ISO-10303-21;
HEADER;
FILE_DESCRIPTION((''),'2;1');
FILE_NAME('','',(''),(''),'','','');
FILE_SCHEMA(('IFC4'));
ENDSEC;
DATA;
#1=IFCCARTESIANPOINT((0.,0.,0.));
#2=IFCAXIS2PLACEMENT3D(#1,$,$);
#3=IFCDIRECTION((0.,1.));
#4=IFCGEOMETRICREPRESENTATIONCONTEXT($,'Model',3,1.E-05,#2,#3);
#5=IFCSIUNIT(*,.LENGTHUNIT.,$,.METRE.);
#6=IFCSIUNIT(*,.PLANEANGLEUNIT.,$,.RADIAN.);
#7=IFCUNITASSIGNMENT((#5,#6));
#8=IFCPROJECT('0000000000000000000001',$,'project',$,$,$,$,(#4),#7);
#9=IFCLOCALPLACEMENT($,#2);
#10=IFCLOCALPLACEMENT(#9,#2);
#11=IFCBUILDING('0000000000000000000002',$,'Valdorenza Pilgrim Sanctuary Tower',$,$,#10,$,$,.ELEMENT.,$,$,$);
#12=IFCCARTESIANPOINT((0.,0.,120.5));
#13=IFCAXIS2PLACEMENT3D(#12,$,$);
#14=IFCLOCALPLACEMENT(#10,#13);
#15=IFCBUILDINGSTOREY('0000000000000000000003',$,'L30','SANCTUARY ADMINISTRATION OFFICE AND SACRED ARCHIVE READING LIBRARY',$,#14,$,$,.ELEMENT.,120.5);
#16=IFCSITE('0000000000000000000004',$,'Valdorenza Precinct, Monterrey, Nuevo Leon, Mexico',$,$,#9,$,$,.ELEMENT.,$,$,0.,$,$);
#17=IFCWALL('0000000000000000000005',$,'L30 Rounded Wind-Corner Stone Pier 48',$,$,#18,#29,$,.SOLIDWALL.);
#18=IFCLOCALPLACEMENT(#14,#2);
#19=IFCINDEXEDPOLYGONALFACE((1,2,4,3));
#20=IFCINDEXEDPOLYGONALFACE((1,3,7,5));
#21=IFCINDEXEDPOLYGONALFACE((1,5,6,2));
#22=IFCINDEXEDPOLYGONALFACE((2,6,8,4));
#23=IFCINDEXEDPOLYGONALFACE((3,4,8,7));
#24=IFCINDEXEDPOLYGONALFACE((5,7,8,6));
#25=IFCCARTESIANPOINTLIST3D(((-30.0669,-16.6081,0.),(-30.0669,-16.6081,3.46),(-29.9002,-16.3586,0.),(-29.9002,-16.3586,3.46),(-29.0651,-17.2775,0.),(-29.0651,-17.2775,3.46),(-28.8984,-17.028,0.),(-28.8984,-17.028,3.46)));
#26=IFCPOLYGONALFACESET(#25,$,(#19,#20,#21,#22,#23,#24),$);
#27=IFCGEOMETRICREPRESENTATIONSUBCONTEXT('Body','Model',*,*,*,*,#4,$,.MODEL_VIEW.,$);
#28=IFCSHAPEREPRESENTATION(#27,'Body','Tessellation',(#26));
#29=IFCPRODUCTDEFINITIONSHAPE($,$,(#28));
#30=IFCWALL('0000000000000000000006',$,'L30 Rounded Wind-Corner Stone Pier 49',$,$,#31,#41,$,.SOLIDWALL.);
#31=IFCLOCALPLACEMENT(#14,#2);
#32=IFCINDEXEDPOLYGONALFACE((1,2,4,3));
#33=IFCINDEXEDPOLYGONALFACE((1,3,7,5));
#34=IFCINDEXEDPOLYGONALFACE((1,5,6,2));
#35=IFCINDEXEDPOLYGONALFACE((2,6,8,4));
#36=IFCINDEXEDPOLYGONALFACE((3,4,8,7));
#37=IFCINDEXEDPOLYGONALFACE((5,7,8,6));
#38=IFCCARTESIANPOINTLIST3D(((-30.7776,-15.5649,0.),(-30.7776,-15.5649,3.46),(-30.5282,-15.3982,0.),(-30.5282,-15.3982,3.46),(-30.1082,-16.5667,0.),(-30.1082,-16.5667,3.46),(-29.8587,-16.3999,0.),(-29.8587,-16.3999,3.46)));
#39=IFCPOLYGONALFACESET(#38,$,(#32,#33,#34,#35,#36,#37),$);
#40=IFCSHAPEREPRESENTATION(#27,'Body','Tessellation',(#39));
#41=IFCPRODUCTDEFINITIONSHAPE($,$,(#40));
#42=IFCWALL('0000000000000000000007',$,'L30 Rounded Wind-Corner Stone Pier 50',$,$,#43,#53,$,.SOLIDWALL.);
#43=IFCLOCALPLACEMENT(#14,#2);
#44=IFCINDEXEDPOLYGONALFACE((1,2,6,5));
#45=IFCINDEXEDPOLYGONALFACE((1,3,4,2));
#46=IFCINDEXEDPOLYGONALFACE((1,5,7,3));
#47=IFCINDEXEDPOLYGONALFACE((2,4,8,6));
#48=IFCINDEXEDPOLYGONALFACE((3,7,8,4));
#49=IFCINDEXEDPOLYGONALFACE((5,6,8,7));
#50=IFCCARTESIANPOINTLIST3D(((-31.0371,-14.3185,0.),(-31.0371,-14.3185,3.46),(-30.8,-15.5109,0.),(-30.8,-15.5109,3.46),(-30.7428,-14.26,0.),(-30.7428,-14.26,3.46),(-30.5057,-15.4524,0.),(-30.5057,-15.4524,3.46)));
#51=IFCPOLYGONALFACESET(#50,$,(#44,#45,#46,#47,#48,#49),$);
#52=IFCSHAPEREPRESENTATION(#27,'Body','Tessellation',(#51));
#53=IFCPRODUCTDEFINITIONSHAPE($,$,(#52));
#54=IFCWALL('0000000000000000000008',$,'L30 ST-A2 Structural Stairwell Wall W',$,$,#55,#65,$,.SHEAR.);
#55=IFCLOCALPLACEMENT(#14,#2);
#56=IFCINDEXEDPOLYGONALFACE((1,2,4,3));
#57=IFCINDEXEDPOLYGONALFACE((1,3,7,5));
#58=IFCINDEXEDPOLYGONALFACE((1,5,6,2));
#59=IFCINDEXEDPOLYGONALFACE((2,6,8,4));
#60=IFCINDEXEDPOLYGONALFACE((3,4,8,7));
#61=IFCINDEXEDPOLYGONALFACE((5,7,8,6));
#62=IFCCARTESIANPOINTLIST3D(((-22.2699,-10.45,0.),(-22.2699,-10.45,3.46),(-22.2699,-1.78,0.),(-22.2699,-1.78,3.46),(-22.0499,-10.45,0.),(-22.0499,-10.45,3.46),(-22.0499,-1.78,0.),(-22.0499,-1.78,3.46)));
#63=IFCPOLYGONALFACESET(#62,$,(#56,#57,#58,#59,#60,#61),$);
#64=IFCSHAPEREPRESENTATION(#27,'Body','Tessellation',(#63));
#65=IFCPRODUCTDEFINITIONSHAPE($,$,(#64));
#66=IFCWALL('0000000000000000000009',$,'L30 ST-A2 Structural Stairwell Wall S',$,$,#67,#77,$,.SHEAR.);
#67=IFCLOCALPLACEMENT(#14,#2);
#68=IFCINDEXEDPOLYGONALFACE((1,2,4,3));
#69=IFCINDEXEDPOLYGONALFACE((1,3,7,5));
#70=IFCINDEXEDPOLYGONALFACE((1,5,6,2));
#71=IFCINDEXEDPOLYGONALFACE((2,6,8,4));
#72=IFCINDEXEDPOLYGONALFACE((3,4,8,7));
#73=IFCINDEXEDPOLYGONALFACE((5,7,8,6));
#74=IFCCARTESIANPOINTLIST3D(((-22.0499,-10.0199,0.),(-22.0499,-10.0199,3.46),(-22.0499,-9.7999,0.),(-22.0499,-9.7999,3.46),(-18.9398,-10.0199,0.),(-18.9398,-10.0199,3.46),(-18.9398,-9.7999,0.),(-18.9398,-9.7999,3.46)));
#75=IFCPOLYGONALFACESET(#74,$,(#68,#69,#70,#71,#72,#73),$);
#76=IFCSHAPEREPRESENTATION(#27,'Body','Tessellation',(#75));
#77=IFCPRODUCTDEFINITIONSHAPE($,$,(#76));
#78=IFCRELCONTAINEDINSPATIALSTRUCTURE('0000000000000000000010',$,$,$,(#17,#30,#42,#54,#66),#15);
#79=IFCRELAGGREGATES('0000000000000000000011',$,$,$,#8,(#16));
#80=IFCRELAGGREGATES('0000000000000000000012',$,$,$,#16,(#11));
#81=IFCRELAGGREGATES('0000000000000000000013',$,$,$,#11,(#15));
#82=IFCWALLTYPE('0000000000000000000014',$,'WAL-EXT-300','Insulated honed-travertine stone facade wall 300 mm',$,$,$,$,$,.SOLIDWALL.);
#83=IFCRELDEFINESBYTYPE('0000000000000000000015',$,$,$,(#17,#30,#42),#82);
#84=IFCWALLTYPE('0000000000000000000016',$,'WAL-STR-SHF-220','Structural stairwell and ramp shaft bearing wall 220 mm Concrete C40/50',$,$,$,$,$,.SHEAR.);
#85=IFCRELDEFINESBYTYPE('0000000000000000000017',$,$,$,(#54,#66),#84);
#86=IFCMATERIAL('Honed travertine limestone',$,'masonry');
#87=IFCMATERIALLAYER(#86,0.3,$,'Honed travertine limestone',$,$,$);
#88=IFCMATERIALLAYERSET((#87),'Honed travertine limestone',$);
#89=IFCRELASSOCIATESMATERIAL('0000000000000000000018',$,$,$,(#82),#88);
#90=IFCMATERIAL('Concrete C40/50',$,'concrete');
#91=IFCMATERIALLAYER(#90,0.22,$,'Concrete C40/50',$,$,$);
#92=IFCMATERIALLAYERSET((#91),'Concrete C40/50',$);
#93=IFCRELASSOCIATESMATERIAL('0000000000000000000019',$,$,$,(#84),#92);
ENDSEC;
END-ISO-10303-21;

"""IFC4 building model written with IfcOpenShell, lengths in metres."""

from ifc_helpers import new_model, si_unit, direction, frame, frame_2d, origin, place, context, subcontext, project, spatial, rectangle, extrude, material, layer, layer_set, type_object, element, save


model = new_model("IFC4")

# Units and contexts
model_context = context("Model", 3, precision=1e-05, world=origin(), true_north=direction((0.0, 1.0)))
body_context = subcontext(model_context, "Body", "Model", "MODEL_VIEW")
ifc_project = project(units=[si_unit("LENGTHUNIT", "METRE"), si_unit("PLANEANGLEUNIT", "RADIAN")], contexts=[model_context])

# Site, building, storey
site_placement = place(None, origin())
site = spatial("IfcSite", under=ifc_project, at=site_placement, Name="Valdorenza Precinct, Monterrey, Nuevo Leon, Mexico", CompositionType="ELEMENT", RefElevation=0.0)
building_placement = place(site_placement, origin())
building = spatial("IfcBuilding", under=site, at=building_placement, Name="Valdorenza Pilgrim Sanctuary Tower", CompositionType="ELEMENT")
storey_placement = place(building_placement, frame((0.0, 0.0, 120.5)))
storey = spatial("IfcBuildingStorey", under=building, at=storey_placement, Name="L30", Description="SANCTUARY ADMINISTRATION OFFICE AND SACRED ARCHIVE READING LIBRARY", CompositionType="ELEMENT", Elevation=120.5)

# Shared definitions
ifc_material_1 = material(Name="Honed travertine limestone", Category="masonry")

# Walls
ifc_layer_1 = layer(ifc_material_1, 0.3, Name="Honed travertine limestone")
ifc_layer_set_1 = layer_set([ifc_layer_1], Name="Honed travertine limestone")
wall_type_1 = type_object("IfcWallType", Name="WAL-EXT-300", Description="Insulated honed-travertine stone facade wall 300 mm", PredefinedType="SOLIDWALL", material=ifc_layer_set_1)
for number, where, z_axis, x_axis, name in (
    (1, (-28.9817, -17.1528, 0.0), (0.0, 0.0, 1.0), (-0.831426, 0.555635, 0.0), "L30 Rounded Wind-Corner Stone Pier 48"),
    (2, (-29.9834, -16.4834, 0.0), (0.0, 0.0, 1.0), (-0.555635, 0.831426, 0.0), "L30 Rounded Wind-Corner Stone Pier 49"),
):
    element("IfcWall", number, at=place(storey_placement, frame(where, z_axis=z_axis, x_axis=x_axis)), inside=storey, type_object=wall_type_1, Name=name, PredefinedType="SOLIDWALL", context=body_context, shape_type="SweptSolid", body=[
        extrude(rectangle(XDim=1.2048, YDim=0.3, at=frame_2d((0.6025, 0.0))), origin(), (0.0, 0.0, 1.0), 3.46),
    ])
wall_1_placement = place(storey_placement, frame((-30.6528, -15.4817, 0.0), z_axis=(0.0, 0.0, 1.0), x_axis=(-0.194996, 0.980804, 0.0)))
element("IfcWall", 3, at=wall_1_placement, inside=storey, type_object=wall_type_1, Name="L30 Rounded Wind-Corner Stone Pier 50", PredefinedType="SOLIDWALL", context=body_context, shape_type="SweptSolid", body=[
    extrude(rectangle(XDim=1.2158, YDim=0.3, at=frame_2d((0.6079, 0.0))), origin(), (0.0, 0.0, 1.0), 3.46),
])
ifc_material_2 = material(Name="Concrete C40/50", Category="concrete")
ifc_layer_2 = layer(ifc_material_2, 0.22, Name="Concrete C40/50")
ifc_layer_set_2 = layer_set([ifc_layer_2], Name="Concrete C40/50")
wall_type_2 = type_object("IfcWallType", Name="WAL-STR-SHF-220", Description="Structural stairwell and ramp shaft bearing wall 220 mm Concrete C40/50", PredefinedType="SHEAR", material=ifc_layer_set_2)
wall_2_placement = place(storey_placement, frame((-22.1599, -10.45, 0.0), z_axis=(0.0, 0.0, 1.0), x_axis=(0.0, 1.0, 0.0)))
element("IfcWall", 4, at=wall_2_placement, inside=storey, type_object=wall_type_2, Name="L30 ST-A2 Structural Stairwell Wall W", PredefinedType="SHEAR", context=body_context, shape_type="SweptSolid", body=[
    extrude(rectangle(XDim=8.6699, YDim=0.22, at=frame_2d((4.335, 0.0))), origin(), (0.0, 0.0, 1.0), 3.46),
])
wall_3_placement = place(storey_placement, frame((-22.05, -9.9099, 0.0), z_axis=(0.0, 0.0, 1.0), x_axis=(1.0, 0.0, 0.0)))
element("IfcWall", 5, at=wall_3_placement, inside=storey, type_object=wall_type_2, Name="L30 ST-A2 Structural Stairwell Wall S", PredefinedType="SHEAR", context=body_context, shape_type="SweptSolid", body=[
    extrude(rectangle(XDim=3.1101, YDim=0.22, at=frame_2d((1.5552, 0.0))), origin(), (0.0, 0.0, 1.0), 3.46),
])

save(model, "model.ifc")
